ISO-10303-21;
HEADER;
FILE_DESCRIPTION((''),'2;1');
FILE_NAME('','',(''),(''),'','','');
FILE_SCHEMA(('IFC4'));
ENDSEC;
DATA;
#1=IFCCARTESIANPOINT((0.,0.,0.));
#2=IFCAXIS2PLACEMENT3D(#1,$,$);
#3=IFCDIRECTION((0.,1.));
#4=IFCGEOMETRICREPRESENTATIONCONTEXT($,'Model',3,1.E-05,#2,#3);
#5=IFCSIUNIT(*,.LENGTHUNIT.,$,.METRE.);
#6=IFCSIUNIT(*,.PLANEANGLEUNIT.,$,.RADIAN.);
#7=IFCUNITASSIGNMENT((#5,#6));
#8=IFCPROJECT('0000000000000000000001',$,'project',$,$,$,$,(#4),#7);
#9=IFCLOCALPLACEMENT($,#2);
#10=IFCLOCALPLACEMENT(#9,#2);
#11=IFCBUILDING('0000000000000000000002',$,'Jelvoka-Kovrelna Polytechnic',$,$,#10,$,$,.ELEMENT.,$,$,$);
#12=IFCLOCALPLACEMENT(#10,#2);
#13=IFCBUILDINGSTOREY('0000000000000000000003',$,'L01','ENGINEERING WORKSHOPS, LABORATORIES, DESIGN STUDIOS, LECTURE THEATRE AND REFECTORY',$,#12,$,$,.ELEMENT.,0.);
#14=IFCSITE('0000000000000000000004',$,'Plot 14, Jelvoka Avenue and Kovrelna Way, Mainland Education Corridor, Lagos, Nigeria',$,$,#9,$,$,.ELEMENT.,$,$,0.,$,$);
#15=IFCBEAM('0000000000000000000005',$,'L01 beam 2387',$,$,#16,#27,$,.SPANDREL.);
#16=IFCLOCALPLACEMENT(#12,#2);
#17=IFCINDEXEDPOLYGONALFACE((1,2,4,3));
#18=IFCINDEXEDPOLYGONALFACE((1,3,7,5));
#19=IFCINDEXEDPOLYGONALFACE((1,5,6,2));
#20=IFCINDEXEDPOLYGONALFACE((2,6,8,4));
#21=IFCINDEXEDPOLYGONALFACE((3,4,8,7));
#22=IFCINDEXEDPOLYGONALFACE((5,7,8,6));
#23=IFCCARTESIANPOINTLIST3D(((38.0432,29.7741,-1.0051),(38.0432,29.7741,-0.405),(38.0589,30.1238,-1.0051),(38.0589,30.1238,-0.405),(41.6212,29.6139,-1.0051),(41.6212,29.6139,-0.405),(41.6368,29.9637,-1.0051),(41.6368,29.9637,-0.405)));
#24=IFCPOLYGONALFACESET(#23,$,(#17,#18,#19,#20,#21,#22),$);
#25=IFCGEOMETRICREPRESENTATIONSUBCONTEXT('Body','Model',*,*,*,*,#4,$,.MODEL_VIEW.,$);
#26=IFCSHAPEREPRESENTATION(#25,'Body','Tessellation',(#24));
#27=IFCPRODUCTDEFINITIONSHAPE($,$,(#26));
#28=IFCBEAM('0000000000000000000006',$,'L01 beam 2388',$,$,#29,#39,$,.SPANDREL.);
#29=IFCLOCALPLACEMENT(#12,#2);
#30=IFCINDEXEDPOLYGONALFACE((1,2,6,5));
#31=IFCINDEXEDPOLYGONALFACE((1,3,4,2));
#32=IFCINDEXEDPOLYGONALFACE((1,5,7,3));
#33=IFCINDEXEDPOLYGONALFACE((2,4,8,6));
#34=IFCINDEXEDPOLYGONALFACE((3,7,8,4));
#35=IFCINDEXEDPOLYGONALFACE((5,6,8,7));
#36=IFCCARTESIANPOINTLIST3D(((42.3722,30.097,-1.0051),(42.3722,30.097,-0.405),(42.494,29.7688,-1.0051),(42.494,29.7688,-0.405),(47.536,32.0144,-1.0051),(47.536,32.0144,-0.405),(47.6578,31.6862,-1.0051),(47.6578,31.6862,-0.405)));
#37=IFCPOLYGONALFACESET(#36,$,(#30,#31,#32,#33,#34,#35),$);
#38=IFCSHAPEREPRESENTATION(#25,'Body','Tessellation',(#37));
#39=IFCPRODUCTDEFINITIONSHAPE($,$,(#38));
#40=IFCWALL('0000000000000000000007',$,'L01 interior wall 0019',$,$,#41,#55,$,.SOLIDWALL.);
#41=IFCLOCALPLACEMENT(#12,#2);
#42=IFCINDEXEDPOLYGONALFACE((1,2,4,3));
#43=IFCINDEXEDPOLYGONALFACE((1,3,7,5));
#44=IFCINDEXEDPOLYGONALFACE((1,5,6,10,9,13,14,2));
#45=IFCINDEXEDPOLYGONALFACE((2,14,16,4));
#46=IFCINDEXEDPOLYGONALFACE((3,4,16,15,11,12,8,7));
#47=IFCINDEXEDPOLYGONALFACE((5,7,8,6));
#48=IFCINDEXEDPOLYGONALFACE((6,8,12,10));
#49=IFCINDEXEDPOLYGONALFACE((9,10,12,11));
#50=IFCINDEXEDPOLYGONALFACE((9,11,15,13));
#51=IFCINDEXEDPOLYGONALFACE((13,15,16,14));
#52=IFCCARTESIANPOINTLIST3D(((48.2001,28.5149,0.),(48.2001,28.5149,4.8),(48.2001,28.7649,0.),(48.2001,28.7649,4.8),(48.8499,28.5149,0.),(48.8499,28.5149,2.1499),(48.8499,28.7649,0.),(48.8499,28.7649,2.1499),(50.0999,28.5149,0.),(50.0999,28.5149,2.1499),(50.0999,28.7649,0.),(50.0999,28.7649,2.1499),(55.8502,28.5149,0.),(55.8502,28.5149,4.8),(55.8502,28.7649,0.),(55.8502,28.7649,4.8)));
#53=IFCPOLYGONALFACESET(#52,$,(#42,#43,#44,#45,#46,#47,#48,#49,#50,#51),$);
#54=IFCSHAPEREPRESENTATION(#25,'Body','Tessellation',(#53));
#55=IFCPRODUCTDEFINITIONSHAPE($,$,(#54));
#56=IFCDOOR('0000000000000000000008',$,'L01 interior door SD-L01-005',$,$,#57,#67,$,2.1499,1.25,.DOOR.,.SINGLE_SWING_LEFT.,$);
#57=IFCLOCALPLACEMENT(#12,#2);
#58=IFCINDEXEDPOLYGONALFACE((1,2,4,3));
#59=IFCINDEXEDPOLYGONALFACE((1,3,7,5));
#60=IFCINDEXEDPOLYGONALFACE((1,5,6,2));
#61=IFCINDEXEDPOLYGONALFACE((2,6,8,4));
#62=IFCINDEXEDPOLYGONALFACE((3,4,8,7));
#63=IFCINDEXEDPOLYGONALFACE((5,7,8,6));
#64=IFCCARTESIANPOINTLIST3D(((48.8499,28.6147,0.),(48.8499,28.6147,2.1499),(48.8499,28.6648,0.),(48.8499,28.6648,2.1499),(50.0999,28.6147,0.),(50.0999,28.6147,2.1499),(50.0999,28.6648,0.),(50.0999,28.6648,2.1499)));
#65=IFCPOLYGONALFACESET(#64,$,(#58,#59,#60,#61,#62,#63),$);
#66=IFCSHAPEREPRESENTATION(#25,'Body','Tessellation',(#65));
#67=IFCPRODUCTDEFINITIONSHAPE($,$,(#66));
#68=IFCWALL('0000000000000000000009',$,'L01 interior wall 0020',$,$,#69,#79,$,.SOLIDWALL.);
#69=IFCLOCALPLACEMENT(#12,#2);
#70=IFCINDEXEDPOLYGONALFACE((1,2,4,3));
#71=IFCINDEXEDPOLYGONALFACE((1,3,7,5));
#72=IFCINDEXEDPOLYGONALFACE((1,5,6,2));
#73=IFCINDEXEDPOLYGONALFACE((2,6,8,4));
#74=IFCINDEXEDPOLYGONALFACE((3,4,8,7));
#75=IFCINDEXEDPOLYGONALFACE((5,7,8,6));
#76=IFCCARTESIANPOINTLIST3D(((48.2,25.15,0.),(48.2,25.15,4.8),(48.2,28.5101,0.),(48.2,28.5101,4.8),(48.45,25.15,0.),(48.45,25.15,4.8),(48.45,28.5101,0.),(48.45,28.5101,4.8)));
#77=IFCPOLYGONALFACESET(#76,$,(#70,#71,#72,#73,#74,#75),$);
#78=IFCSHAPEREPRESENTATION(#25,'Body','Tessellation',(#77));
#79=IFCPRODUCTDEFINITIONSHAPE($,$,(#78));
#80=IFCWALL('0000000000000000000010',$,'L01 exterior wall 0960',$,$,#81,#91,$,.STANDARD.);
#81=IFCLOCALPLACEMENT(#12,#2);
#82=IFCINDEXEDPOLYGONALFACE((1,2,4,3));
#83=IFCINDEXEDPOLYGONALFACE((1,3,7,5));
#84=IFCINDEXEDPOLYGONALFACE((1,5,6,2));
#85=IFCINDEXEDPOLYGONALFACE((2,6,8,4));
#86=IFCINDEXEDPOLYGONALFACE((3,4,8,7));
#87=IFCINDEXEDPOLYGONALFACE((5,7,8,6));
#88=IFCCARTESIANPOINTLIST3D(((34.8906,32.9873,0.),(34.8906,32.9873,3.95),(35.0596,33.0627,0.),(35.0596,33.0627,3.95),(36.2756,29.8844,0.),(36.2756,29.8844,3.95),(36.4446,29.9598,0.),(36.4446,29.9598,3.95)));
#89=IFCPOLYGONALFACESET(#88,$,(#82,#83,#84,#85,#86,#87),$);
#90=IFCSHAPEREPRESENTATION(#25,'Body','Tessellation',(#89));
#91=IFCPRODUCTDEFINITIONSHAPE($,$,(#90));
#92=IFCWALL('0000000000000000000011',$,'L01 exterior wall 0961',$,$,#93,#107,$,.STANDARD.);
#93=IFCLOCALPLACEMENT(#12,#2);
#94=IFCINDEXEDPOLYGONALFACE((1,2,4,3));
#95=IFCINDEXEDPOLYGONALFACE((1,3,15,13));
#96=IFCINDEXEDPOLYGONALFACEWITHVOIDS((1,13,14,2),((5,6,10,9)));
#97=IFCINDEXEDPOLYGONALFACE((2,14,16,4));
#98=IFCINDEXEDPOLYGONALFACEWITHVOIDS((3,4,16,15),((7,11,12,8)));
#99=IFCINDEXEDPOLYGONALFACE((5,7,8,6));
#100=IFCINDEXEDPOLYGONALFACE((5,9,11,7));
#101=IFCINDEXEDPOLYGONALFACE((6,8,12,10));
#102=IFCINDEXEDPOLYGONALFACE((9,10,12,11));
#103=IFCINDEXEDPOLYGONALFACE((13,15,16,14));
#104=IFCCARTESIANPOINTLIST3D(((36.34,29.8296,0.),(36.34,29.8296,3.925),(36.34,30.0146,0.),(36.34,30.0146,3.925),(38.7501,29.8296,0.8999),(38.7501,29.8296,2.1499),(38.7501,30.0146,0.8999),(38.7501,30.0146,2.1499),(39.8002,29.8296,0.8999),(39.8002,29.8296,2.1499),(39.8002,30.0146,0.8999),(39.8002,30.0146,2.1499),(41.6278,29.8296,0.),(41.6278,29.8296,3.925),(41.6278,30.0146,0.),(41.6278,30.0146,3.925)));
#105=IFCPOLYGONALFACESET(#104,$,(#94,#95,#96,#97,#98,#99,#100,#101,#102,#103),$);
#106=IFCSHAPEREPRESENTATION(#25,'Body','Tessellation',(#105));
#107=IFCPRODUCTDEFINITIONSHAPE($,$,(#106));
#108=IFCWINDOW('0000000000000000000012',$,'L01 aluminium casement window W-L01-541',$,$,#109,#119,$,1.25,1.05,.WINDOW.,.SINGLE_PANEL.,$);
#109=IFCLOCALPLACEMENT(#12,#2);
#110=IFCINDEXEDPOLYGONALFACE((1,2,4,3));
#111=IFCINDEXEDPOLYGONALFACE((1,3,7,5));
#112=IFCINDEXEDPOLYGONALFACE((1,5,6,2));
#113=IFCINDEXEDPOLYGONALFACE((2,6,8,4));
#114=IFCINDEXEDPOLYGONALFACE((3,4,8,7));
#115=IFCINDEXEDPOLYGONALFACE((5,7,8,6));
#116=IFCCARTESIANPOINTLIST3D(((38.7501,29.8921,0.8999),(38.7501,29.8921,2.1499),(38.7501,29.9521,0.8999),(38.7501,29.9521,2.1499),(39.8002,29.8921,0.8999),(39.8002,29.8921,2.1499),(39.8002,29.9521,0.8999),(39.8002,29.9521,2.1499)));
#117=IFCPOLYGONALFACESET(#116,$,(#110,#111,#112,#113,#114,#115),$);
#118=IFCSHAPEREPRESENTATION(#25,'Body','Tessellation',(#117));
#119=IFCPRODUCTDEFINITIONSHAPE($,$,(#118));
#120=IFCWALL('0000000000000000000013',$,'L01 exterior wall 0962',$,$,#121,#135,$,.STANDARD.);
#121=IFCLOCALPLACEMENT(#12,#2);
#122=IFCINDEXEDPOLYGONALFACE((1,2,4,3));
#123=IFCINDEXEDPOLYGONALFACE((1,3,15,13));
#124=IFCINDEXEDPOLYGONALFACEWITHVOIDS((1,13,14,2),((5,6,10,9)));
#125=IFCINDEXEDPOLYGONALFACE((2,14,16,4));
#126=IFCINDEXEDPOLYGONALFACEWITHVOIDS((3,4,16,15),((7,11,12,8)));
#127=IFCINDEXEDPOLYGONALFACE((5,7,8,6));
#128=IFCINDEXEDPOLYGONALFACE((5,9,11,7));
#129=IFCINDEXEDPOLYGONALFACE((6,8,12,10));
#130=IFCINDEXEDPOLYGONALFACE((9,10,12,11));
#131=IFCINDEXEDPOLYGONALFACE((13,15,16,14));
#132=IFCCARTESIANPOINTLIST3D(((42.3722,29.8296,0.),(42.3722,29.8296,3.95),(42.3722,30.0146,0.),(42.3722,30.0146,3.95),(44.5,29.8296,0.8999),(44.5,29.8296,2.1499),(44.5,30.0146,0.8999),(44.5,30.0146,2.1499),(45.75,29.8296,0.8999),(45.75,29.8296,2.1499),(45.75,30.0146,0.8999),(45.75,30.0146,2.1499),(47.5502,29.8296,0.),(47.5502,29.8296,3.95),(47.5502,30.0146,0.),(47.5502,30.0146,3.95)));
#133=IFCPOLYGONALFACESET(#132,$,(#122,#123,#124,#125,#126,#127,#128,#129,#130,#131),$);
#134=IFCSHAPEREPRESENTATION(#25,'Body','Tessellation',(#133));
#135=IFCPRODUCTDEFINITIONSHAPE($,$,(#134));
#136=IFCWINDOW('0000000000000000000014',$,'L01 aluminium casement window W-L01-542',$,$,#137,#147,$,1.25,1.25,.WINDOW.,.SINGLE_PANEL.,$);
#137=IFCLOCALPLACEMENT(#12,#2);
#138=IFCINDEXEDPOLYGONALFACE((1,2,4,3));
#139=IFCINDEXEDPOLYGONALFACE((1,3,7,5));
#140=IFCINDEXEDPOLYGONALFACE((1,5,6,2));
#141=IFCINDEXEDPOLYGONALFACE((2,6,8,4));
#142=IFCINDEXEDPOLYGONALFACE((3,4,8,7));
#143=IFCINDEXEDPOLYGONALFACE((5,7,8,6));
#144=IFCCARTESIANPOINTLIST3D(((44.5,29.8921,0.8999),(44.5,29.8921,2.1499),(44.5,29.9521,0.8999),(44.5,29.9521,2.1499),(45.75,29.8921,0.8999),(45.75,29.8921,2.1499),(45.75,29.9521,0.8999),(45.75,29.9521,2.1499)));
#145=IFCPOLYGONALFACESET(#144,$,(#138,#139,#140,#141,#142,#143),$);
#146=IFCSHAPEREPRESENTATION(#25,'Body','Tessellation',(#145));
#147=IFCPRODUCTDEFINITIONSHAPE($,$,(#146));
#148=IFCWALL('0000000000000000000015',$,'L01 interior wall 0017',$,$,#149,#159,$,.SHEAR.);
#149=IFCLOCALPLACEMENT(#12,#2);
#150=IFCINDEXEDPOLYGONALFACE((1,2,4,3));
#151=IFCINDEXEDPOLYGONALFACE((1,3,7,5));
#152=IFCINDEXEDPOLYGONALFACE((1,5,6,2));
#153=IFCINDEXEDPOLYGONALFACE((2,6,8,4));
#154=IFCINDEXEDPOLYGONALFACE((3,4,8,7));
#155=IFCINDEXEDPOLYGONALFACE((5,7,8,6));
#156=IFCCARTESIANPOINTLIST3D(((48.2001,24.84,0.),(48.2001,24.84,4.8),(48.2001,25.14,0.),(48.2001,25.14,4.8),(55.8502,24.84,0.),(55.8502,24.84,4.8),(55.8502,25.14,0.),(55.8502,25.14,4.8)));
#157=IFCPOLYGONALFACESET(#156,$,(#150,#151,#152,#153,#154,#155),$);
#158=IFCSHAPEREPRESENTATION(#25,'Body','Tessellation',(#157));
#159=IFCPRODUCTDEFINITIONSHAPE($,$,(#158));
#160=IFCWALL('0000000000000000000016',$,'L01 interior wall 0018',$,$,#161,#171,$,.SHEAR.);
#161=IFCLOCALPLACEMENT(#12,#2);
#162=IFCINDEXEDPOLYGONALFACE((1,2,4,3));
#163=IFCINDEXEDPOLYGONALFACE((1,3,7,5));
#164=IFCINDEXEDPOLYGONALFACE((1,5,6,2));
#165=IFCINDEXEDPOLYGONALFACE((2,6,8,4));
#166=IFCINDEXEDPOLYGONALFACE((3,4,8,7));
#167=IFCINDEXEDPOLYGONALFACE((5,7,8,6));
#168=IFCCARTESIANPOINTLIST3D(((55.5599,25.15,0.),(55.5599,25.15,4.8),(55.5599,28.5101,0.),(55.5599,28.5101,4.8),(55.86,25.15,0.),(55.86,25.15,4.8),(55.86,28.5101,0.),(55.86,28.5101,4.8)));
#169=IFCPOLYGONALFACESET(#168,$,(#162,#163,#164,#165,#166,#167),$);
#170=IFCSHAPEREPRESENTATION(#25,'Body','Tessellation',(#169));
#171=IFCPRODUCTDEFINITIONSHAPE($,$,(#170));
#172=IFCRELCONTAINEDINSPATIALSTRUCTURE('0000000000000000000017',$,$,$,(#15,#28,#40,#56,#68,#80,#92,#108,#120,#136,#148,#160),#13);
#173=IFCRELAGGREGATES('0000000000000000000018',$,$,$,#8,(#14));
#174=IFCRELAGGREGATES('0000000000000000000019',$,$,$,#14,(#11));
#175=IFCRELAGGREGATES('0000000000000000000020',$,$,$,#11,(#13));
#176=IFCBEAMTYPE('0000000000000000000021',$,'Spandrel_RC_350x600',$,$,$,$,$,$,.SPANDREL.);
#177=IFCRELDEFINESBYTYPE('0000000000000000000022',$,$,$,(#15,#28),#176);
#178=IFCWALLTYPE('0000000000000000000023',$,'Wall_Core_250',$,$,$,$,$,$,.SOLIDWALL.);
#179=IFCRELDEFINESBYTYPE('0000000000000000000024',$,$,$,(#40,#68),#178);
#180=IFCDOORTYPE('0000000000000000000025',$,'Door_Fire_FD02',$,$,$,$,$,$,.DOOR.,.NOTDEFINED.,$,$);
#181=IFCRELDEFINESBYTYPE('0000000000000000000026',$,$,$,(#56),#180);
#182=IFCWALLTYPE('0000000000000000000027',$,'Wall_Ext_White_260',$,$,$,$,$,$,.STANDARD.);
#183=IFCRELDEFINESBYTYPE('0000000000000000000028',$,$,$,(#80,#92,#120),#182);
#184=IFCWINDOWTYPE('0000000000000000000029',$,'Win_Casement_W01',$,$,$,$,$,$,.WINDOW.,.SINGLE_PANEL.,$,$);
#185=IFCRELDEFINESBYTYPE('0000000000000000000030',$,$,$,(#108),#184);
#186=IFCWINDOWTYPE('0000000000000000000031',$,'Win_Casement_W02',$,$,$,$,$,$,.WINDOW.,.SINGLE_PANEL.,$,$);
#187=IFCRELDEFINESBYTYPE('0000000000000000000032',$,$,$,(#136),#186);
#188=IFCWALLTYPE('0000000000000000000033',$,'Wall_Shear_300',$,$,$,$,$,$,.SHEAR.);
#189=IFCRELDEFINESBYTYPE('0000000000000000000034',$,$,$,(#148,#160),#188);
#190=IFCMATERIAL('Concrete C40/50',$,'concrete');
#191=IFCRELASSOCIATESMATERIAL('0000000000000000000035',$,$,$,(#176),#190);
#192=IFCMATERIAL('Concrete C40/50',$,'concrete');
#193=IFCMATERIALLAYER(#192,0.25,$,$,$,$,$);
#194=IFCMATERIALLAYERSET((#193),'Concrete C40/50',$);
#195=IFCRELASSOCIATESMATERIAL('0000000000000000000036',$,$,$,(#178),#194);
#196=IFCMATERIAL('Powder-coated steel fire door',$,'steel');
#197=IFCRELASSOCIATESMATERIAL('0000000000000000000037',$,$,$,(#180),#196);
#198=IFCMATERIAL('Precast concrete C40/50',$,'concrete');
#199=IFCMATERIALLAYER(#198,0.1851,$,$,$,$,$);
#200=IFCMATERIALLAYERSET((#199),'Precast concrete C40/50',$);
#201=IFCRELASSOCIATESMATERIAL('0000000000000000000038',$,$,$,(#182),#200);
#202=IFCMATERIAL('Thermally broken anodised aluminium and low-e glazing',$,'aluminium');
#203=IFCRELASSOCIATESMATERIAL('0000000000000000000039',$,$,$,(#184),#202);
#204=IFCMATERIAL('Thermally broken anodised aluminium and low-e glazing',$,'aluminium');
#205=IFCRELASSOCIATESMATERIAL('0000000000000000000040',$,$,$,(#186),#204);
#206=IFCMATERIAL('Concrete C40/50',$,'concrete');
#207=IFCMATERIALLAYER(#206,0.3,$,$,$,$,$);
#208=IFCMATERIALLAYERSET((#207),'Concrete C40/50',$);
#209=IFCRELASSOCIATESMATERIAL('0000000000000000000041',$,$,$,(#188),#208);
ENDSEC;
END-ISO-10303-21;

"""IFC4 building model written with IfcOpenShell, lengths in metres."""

from ifc_helpers import new_model, si_unit, direction, frame, frame_2d, origin, origin_2d, place, context, subcontext, project, spatial, rectangle, extrude, material, layer, layer_set, material_profile, profile_set, type_object, element, fill, save


model = new_model("IFC4")

# Units and contexts
model_context = context("Model", 3, precision=1e-05, world=origin(), true_north=direction((0.0, 1.0)))
body_context = subcontext(model_context, "Body", "Model", "MODEL_VIEW")
ifc_project = project(units=[si_unit("LENGTHUNIT", "METRE"), si_unit("PLANEANGLEUNIT", "RADIAN")], contexts=[model_context])

# Site, building, storey
site_placement = place(None, origin())
site = spatial("IfcSite", under=ifc_project, at=site_placement, Name="Plot 14, Jelvoka Avenue and Kovrelna Way, Mainland Education Corridor, Lagos, Nigeria", CompositionType="ELEMENT", RefElevation=0.0)
building_placement = place(site_placement, origin())
building = spatial("IfcBuilding", under=site, at=building_placement, Name="Jelvoka-Kovrelna Polytechnic", CompositionType="ELEMENT")
storey_placement = place(building_placement, origin())
storey = spatial("IfcBuildingStorey", under=building, at=storey_placement, Name="L01", Description="ENGINEERING WORKSHOPS, LABORATORIES, DESIGN STUDIOS, LECTURE THEATRE AND REFECTORY", CompositionType="ELEMENT", Elevation=0.0)

# Beams
ifc_material_1 = material(Name="Concrete C40/50", Category="concrete")
ifc_material_profile_1 = material_profile(ifc_material_1, rectangle(XDim=0.3501, YDim=0.6001, at=origin_2d()), Name="RC 350x600")
ifc_profile_set_1 = profile_set([ifc_material_profile_1], Name="Concrete C40/50")
beam_type_1 = type_object("IfcBeamType", Name="Spandrel_RC_350x600", PredefinedType="SPANDREL", material=ifc_profile_set_1)
beam_1_placement = place(storey_placement, frame((38.051, 29.949, -0.7051), z_axis=(0.999, -0.044718, 0.0), x_axis=(0.044718, 0.999, 0.0)))
element("IfcBeam", 1, at=beam_1_placement, inside=storey, type_object=beam_type_1, Name="L01 beam 2387", PredefinedType="SPANDREL", context=body_context, shape_type="SweptSolid", body=[
    extrude(rectangle(XDim=0.3501, YDim=0.6001, at=origin_2d()), origin(), (0.0, 0.0, 1.0), 3.5815),
])
beam_2_placement = place(storey_placement, frame((42.4331, 29.9329, -0.7051), z_axis=(0.937455, 0.348105, 0.0), x_axis=(-0.348105, 0.937455, 0.0)))
element("IfcBeam", 2, at=beam_2_placement, inside=storey, type_object=beam_type_1, Name="L01 beam 2388", PredefinedType="SPANDREL", context=body_context, shape_type="SweptSolid", body=[
    extrude(rectangle(XDim=0.3501, YDim=0.6001, at=origin_2d()), origin(), (0.0, 0.0, 1.0), 5.5083),
])

# Wall, opening, door
ifc_material_2 = material(Name="Concrete C40/50", Category="concrete")
ifc_layer_1 = layer(ifc_material_2, 0.25)
ifc_layer_set_1 = layer_set([ifc_layer_1], Name="Concrete C40/50")
wall_type_1 = type_object("IfcWallType", Name="Wall_Core_250", PredefinedType="SOLIDWALL", material=ifc_layer_set_1)
wall_1_placement = place(storey_placement, frame((48.2, 28.6399, 0.0), z_axis=(0.0, 0.0, 1.0), x_axis=(1.0, 0.0, 0.0)))
wall_1 = element("IfcWall", 3, at=wall_1_placement, inside=storey, type_object=wall_type_1, Name="L01 interior wall 0019", PredefinedType="SOLIDWALL", context=body_context, shape_type="SweptSolid", body=[
    extrude(rectangle(XDim=7.6501, YDim=0.25, at=frame_2d((3.8252, 0.0))), origin(), (0.0, 0.0, 1.0), 4.8),
])
opening_1_placement = place(wall_1_placement, frame((0.6499, 0.0, 0.0)))
opening_1 = element("IfcOpeningElement", 4, at=opening_1_placement, cuts=wall_1, PredefinedType="OPENING", context=body_context, shape_type="SweptSolid", body=[
    extrude(rectangle(XDim=1.25, YDim=2.1499, at=frame_2d((0.625, 1.075))), frame((0.0, 0.135, 0.0), z_axis=(0.0, -1.0, 0.0), x_axis=(1.0, 0.0, 0.0)), (0.0, 0.0, 1.0), 0.27),
])
ifc_material_3 = material(Name="Powder-coated steel fire door", Category="steel")
door_type = type_object("IfcDoorType", Name="Door_Fire_FD02", OperationType="NOTDEFINED", PredefinedType="DOOR", material=ifc_material_3)
door_placement = place(opening_1_placement, origin())
door = element("IfcDoor", 5, at=door_placement, inside=storey, type_object=door_type, Name="L01 interior door SD-L01-005", OperationType="SINGLE_SWING_LEFT", OverallHeight=2.1499, OverallWidth=1.25, PredefinedType="DOOR", context=body_context, shape_type="SweptSolid", body=[
    extrude(rectangle(XDim=1.25, YDim=2.1499, at=frame_2d((0.625, 1.075))), frame((0.0, 0.0249, 0.0), z_axis=(0.0, -1.0, 0.0), x_axis=(1.0, 0.0, 0.0)), (0.0, 0.0, 1.0), 0.05),
])
fill(opening_1, door)

# Walls
wall_2_placement = place(storey_placement, frame((48.325, 25.1499, 0.0), z_axis=(0.0, 0.0, 1.0), x_axis=(0.0, 1.0, 0.0)))
element("IfcWall", 6, at=wall_2_placement, inside=storey, type_object=wall_type_1, Name="L01 interior wall 0020", PredefinedType="SOLIDWALL", context=body_context, shape_type="SweptSolid", body=[
    extrude(rectangle(XDim=3.3601, YDim=0.25, at=frame_2d((1.6802, 0.0))), origin(), (0.0, 0.0, 1.0), 4.8),
])
ifc_material_4 = material(Name="Precast concrete C40/50", Category="concrete")
ifc_layer_2 = layer(ifc_material_4, 0.1851)
ifc_layer_set_2 = layer_set([ifc_layer_2], Name="Precast concrete C40/50")
wall_type_2 = type_object("IfcWallType", Name="Wall_Ext_White_260", PredefinedType="STANDARD", material=ifc_layer_set_2)
wall_3_placement = place(storey_placement, frame((36.3601, 29.9221, 0.0), z_axis=(0.0, 0.0, 1.0), x_axis=(-0.407611, 0.913156, 0.0)))
element("IfcWall", 7, at=wall_3_placement, inside=storey, type_object=wall_type_2, Name="L01 exterior wall 0960", PredefinedType="STANDARD", context=body_context, shape_type="SweptSolid", body=[
    extrude(rectangle(XDim=3.3979, YDim=0.1851, at=frame_2d((1.699, 0.0))), origin(), (0.0, 0.0, 1.0), 3.95),
])

# Walls, openings, windows
wall_4_placement = place(storey_placement, frame((41.6279, 29.9221, 0.0), z_axis=(0.0, 0.0, 1.0), x_axis=(-1.0, 0.0, 0.0)))
wall_4 = element("IfcWall", 8, at=wall_4_placement, inside=storey, type_object=wall_type_2, Name="L01 exterior wall 0961", PredefinedType="STANDARD", context=body_context, shape_type="SweptSolid", body=[
    extrude(rectangle(XDim=5.2878, YDim=0.1851, at=frame_2d((2.644, 0.0))), origin(), (0.0, 0.0, 1.0), 3.925),
])
opening_2_placement = place(wall_4_placement, frame((1.8279, 0.0, 0.8999)))
opening_2 = element("IfcOpeningElement", 9, at=opening_2_placement, cuts=wall_4, PredefinedType="OPENING", context=body_context, shape_type="SweptSolid", body=[
    extrude(rectangle(XDim=1.05, YDim=1.25, at=frame_2d((0.5249, 0.625))), frame((0.0, 0.1025, 0.0), z_axis=(0.0, -1.0, 0.0), x_axis=(1.0, 0.0, 0.0)), (0.0, 0.0, 1.0), 0.2051),
])
ifc_material_5 = material(Name="Thermally broken anodised aluminium and low-e glazing", Category="aluminium")
window_type_1 = type_object("IfcWindowType", Name="Win_Casement_W01", PartitioningType="SINGLE_PANEL", PredefinedType="WINDOW", material=ifc_material_5)
window_1_placement = place(opening_2_placement, origin())
window_1 = element("IfcWindow", 10, at=window_1_placement, inside=storey, type_object=window_type_1, Name="L01 aluminium casement window W-L01-541", OverallHeight=1.25, OverallWidth=1.05, PartitioningType="SINGLE_PANEL", PredefinedType="WINDOW", context=body_context, shape_type="SweptSolid", body=[
    extrude(rectangle(XDim=1.05, YDim=1.25, at=frame_2d((0.5249, 0.625))), frame((0.0, 0.03, 0.0), z_axis=(0.0, -1.0, 0.0), x_axis=(1.0, 0.0, 0.0)), (0.0, 0.0, 1.0), 0.0601),
])
fill(opening_2, window_1)
wall_5_placement = place(storey_placement, frame((47.55, 29.9221, 0.0), z_axis=(0.0, 0.0, 1.0), x_axis=(-1.0, 0.0, 0.0)))
wall_5 = element("IfcWall", 11, at=wall_5_placement, inside=storey, type_object=wall_type_2, Name="L01 exterior wall 0962", PredefinedType="STANDARD", context=body_context, shape_type="SweptSolid", body=[
    extrude(rectangle(XDim=5.178, YDim=0.1851, at=frame_2d((2.5889, 0.0))), origin(), (0.0, 0.0, 1.0), 3.95),
])
opening_3_placement = place(wall_5_placement, frame((1.8, 0.0, 0.8999)))
opening_3 = element("IfcOpeningElement", 12, at=opening_3_placement, cuts=wall_5, PredefinedType="OPENING", context=body_context, shape_type="SweptSolid", body=[
    extrude(rectangle(XDim=1.25, YDim=1.25, at=frame_2d((0.625, 0.625))), frame((0.0, 0.1025, 0.0), z_axis=(0.0, -1.0, 0.0), x_axis=(1.0, 0.0, 0.0)), (0.0, 0.0, 1.0), 0.2051),
])
ifc_material_6 = material(Name="Thermally broken anodised aluminium and low-e glazing", Category="aluminium")
window_type_2 = type_object("IfcWindowType", Name="Win_Casement_W02", PartitioningType="SINGLE_PANEL", PredefinedType="WINDOW", material=ifc_material_6)
window_2_placement = place(opening_3_placement, origin())
window_2 = element("IfcWindow", 13, at=window_2_placement, inside=storey, type_object=window_type_2, Name="L01 aluminium casement window W-L01-542", OverallHeight=1.25, OverallWidth=1.25, PartitioningType="SINGLE_PANEL", PredefinedType="WINDOW", context=body_context, shape_type="SweptSolid", body=[
    extrude(rectangle(XDim=1.25, YDim=1.25, at=frame_2d((0.625, 0.625))), frame((0.0, 0.03, 0.0), z_axis=(0.0, -1.0, 0.0), x_axis=(1.0, 0.0, 0.0)), (0.0, 0.0, 1.0), 0.0601),
])
fill(opening_3, window_2)

# Walls
ifc_material_7 = material(Name="Concrete C40/50", Category="concrete")
ifc_layer_3 = layer(ifc_material_7, 0.3)
ifc_layer_set_3 = layer_set([ifc_layer_3], Name="Concrete C40/50")
wall_type_3 = type_object("IfcWallType", Name="Wall_Shear_300", PredefinedType="SHEAR", material=ifc_layer_set_3)
wall_6_placement = place(storey_placement, frame((48.2, 24.99, 0.0), z_axis=(0.0, 0.0, 1.0), x_axis=(1.0, 0.0, 0.0)))
element("IfcWall", 14, at=wall_6_placement, inside=storey, type_object=wall_type_3, Name="L01 interior wall 0017", PredefinedType="SHEAR", context=body_context, shape_type="SweptSolid", body=[
    extrude(rectangle(XDim=7.6501, YDim=0.3, at=frame_2d((3.8252, 0.0))), origin(), (0.0, 0.0, 1.0), 4.8),
])
wall_7_placement = place(storey_placement, frame((55.71, 25.1499, 0.0), z_axis=(0.0, 0.0, 1.0), x_axis=(0.0, 1.0, 0.0)))
element("IfcWall", 15, at=wall_7_placement, inside=storey, type_object=wall_type_3, Name="L01 interior wall 0018", PredefinedType="SHEAR", context=body_context, shape_type="SweptSolid", body=[
    extrude(rectangle(XDim=3.3601, YDim=0.3, at=frame_2d((1.6802, 0.0))), origin(), (0.0, 0.0, 1.0), 4.8),
])

save(model, "model.ifc")
